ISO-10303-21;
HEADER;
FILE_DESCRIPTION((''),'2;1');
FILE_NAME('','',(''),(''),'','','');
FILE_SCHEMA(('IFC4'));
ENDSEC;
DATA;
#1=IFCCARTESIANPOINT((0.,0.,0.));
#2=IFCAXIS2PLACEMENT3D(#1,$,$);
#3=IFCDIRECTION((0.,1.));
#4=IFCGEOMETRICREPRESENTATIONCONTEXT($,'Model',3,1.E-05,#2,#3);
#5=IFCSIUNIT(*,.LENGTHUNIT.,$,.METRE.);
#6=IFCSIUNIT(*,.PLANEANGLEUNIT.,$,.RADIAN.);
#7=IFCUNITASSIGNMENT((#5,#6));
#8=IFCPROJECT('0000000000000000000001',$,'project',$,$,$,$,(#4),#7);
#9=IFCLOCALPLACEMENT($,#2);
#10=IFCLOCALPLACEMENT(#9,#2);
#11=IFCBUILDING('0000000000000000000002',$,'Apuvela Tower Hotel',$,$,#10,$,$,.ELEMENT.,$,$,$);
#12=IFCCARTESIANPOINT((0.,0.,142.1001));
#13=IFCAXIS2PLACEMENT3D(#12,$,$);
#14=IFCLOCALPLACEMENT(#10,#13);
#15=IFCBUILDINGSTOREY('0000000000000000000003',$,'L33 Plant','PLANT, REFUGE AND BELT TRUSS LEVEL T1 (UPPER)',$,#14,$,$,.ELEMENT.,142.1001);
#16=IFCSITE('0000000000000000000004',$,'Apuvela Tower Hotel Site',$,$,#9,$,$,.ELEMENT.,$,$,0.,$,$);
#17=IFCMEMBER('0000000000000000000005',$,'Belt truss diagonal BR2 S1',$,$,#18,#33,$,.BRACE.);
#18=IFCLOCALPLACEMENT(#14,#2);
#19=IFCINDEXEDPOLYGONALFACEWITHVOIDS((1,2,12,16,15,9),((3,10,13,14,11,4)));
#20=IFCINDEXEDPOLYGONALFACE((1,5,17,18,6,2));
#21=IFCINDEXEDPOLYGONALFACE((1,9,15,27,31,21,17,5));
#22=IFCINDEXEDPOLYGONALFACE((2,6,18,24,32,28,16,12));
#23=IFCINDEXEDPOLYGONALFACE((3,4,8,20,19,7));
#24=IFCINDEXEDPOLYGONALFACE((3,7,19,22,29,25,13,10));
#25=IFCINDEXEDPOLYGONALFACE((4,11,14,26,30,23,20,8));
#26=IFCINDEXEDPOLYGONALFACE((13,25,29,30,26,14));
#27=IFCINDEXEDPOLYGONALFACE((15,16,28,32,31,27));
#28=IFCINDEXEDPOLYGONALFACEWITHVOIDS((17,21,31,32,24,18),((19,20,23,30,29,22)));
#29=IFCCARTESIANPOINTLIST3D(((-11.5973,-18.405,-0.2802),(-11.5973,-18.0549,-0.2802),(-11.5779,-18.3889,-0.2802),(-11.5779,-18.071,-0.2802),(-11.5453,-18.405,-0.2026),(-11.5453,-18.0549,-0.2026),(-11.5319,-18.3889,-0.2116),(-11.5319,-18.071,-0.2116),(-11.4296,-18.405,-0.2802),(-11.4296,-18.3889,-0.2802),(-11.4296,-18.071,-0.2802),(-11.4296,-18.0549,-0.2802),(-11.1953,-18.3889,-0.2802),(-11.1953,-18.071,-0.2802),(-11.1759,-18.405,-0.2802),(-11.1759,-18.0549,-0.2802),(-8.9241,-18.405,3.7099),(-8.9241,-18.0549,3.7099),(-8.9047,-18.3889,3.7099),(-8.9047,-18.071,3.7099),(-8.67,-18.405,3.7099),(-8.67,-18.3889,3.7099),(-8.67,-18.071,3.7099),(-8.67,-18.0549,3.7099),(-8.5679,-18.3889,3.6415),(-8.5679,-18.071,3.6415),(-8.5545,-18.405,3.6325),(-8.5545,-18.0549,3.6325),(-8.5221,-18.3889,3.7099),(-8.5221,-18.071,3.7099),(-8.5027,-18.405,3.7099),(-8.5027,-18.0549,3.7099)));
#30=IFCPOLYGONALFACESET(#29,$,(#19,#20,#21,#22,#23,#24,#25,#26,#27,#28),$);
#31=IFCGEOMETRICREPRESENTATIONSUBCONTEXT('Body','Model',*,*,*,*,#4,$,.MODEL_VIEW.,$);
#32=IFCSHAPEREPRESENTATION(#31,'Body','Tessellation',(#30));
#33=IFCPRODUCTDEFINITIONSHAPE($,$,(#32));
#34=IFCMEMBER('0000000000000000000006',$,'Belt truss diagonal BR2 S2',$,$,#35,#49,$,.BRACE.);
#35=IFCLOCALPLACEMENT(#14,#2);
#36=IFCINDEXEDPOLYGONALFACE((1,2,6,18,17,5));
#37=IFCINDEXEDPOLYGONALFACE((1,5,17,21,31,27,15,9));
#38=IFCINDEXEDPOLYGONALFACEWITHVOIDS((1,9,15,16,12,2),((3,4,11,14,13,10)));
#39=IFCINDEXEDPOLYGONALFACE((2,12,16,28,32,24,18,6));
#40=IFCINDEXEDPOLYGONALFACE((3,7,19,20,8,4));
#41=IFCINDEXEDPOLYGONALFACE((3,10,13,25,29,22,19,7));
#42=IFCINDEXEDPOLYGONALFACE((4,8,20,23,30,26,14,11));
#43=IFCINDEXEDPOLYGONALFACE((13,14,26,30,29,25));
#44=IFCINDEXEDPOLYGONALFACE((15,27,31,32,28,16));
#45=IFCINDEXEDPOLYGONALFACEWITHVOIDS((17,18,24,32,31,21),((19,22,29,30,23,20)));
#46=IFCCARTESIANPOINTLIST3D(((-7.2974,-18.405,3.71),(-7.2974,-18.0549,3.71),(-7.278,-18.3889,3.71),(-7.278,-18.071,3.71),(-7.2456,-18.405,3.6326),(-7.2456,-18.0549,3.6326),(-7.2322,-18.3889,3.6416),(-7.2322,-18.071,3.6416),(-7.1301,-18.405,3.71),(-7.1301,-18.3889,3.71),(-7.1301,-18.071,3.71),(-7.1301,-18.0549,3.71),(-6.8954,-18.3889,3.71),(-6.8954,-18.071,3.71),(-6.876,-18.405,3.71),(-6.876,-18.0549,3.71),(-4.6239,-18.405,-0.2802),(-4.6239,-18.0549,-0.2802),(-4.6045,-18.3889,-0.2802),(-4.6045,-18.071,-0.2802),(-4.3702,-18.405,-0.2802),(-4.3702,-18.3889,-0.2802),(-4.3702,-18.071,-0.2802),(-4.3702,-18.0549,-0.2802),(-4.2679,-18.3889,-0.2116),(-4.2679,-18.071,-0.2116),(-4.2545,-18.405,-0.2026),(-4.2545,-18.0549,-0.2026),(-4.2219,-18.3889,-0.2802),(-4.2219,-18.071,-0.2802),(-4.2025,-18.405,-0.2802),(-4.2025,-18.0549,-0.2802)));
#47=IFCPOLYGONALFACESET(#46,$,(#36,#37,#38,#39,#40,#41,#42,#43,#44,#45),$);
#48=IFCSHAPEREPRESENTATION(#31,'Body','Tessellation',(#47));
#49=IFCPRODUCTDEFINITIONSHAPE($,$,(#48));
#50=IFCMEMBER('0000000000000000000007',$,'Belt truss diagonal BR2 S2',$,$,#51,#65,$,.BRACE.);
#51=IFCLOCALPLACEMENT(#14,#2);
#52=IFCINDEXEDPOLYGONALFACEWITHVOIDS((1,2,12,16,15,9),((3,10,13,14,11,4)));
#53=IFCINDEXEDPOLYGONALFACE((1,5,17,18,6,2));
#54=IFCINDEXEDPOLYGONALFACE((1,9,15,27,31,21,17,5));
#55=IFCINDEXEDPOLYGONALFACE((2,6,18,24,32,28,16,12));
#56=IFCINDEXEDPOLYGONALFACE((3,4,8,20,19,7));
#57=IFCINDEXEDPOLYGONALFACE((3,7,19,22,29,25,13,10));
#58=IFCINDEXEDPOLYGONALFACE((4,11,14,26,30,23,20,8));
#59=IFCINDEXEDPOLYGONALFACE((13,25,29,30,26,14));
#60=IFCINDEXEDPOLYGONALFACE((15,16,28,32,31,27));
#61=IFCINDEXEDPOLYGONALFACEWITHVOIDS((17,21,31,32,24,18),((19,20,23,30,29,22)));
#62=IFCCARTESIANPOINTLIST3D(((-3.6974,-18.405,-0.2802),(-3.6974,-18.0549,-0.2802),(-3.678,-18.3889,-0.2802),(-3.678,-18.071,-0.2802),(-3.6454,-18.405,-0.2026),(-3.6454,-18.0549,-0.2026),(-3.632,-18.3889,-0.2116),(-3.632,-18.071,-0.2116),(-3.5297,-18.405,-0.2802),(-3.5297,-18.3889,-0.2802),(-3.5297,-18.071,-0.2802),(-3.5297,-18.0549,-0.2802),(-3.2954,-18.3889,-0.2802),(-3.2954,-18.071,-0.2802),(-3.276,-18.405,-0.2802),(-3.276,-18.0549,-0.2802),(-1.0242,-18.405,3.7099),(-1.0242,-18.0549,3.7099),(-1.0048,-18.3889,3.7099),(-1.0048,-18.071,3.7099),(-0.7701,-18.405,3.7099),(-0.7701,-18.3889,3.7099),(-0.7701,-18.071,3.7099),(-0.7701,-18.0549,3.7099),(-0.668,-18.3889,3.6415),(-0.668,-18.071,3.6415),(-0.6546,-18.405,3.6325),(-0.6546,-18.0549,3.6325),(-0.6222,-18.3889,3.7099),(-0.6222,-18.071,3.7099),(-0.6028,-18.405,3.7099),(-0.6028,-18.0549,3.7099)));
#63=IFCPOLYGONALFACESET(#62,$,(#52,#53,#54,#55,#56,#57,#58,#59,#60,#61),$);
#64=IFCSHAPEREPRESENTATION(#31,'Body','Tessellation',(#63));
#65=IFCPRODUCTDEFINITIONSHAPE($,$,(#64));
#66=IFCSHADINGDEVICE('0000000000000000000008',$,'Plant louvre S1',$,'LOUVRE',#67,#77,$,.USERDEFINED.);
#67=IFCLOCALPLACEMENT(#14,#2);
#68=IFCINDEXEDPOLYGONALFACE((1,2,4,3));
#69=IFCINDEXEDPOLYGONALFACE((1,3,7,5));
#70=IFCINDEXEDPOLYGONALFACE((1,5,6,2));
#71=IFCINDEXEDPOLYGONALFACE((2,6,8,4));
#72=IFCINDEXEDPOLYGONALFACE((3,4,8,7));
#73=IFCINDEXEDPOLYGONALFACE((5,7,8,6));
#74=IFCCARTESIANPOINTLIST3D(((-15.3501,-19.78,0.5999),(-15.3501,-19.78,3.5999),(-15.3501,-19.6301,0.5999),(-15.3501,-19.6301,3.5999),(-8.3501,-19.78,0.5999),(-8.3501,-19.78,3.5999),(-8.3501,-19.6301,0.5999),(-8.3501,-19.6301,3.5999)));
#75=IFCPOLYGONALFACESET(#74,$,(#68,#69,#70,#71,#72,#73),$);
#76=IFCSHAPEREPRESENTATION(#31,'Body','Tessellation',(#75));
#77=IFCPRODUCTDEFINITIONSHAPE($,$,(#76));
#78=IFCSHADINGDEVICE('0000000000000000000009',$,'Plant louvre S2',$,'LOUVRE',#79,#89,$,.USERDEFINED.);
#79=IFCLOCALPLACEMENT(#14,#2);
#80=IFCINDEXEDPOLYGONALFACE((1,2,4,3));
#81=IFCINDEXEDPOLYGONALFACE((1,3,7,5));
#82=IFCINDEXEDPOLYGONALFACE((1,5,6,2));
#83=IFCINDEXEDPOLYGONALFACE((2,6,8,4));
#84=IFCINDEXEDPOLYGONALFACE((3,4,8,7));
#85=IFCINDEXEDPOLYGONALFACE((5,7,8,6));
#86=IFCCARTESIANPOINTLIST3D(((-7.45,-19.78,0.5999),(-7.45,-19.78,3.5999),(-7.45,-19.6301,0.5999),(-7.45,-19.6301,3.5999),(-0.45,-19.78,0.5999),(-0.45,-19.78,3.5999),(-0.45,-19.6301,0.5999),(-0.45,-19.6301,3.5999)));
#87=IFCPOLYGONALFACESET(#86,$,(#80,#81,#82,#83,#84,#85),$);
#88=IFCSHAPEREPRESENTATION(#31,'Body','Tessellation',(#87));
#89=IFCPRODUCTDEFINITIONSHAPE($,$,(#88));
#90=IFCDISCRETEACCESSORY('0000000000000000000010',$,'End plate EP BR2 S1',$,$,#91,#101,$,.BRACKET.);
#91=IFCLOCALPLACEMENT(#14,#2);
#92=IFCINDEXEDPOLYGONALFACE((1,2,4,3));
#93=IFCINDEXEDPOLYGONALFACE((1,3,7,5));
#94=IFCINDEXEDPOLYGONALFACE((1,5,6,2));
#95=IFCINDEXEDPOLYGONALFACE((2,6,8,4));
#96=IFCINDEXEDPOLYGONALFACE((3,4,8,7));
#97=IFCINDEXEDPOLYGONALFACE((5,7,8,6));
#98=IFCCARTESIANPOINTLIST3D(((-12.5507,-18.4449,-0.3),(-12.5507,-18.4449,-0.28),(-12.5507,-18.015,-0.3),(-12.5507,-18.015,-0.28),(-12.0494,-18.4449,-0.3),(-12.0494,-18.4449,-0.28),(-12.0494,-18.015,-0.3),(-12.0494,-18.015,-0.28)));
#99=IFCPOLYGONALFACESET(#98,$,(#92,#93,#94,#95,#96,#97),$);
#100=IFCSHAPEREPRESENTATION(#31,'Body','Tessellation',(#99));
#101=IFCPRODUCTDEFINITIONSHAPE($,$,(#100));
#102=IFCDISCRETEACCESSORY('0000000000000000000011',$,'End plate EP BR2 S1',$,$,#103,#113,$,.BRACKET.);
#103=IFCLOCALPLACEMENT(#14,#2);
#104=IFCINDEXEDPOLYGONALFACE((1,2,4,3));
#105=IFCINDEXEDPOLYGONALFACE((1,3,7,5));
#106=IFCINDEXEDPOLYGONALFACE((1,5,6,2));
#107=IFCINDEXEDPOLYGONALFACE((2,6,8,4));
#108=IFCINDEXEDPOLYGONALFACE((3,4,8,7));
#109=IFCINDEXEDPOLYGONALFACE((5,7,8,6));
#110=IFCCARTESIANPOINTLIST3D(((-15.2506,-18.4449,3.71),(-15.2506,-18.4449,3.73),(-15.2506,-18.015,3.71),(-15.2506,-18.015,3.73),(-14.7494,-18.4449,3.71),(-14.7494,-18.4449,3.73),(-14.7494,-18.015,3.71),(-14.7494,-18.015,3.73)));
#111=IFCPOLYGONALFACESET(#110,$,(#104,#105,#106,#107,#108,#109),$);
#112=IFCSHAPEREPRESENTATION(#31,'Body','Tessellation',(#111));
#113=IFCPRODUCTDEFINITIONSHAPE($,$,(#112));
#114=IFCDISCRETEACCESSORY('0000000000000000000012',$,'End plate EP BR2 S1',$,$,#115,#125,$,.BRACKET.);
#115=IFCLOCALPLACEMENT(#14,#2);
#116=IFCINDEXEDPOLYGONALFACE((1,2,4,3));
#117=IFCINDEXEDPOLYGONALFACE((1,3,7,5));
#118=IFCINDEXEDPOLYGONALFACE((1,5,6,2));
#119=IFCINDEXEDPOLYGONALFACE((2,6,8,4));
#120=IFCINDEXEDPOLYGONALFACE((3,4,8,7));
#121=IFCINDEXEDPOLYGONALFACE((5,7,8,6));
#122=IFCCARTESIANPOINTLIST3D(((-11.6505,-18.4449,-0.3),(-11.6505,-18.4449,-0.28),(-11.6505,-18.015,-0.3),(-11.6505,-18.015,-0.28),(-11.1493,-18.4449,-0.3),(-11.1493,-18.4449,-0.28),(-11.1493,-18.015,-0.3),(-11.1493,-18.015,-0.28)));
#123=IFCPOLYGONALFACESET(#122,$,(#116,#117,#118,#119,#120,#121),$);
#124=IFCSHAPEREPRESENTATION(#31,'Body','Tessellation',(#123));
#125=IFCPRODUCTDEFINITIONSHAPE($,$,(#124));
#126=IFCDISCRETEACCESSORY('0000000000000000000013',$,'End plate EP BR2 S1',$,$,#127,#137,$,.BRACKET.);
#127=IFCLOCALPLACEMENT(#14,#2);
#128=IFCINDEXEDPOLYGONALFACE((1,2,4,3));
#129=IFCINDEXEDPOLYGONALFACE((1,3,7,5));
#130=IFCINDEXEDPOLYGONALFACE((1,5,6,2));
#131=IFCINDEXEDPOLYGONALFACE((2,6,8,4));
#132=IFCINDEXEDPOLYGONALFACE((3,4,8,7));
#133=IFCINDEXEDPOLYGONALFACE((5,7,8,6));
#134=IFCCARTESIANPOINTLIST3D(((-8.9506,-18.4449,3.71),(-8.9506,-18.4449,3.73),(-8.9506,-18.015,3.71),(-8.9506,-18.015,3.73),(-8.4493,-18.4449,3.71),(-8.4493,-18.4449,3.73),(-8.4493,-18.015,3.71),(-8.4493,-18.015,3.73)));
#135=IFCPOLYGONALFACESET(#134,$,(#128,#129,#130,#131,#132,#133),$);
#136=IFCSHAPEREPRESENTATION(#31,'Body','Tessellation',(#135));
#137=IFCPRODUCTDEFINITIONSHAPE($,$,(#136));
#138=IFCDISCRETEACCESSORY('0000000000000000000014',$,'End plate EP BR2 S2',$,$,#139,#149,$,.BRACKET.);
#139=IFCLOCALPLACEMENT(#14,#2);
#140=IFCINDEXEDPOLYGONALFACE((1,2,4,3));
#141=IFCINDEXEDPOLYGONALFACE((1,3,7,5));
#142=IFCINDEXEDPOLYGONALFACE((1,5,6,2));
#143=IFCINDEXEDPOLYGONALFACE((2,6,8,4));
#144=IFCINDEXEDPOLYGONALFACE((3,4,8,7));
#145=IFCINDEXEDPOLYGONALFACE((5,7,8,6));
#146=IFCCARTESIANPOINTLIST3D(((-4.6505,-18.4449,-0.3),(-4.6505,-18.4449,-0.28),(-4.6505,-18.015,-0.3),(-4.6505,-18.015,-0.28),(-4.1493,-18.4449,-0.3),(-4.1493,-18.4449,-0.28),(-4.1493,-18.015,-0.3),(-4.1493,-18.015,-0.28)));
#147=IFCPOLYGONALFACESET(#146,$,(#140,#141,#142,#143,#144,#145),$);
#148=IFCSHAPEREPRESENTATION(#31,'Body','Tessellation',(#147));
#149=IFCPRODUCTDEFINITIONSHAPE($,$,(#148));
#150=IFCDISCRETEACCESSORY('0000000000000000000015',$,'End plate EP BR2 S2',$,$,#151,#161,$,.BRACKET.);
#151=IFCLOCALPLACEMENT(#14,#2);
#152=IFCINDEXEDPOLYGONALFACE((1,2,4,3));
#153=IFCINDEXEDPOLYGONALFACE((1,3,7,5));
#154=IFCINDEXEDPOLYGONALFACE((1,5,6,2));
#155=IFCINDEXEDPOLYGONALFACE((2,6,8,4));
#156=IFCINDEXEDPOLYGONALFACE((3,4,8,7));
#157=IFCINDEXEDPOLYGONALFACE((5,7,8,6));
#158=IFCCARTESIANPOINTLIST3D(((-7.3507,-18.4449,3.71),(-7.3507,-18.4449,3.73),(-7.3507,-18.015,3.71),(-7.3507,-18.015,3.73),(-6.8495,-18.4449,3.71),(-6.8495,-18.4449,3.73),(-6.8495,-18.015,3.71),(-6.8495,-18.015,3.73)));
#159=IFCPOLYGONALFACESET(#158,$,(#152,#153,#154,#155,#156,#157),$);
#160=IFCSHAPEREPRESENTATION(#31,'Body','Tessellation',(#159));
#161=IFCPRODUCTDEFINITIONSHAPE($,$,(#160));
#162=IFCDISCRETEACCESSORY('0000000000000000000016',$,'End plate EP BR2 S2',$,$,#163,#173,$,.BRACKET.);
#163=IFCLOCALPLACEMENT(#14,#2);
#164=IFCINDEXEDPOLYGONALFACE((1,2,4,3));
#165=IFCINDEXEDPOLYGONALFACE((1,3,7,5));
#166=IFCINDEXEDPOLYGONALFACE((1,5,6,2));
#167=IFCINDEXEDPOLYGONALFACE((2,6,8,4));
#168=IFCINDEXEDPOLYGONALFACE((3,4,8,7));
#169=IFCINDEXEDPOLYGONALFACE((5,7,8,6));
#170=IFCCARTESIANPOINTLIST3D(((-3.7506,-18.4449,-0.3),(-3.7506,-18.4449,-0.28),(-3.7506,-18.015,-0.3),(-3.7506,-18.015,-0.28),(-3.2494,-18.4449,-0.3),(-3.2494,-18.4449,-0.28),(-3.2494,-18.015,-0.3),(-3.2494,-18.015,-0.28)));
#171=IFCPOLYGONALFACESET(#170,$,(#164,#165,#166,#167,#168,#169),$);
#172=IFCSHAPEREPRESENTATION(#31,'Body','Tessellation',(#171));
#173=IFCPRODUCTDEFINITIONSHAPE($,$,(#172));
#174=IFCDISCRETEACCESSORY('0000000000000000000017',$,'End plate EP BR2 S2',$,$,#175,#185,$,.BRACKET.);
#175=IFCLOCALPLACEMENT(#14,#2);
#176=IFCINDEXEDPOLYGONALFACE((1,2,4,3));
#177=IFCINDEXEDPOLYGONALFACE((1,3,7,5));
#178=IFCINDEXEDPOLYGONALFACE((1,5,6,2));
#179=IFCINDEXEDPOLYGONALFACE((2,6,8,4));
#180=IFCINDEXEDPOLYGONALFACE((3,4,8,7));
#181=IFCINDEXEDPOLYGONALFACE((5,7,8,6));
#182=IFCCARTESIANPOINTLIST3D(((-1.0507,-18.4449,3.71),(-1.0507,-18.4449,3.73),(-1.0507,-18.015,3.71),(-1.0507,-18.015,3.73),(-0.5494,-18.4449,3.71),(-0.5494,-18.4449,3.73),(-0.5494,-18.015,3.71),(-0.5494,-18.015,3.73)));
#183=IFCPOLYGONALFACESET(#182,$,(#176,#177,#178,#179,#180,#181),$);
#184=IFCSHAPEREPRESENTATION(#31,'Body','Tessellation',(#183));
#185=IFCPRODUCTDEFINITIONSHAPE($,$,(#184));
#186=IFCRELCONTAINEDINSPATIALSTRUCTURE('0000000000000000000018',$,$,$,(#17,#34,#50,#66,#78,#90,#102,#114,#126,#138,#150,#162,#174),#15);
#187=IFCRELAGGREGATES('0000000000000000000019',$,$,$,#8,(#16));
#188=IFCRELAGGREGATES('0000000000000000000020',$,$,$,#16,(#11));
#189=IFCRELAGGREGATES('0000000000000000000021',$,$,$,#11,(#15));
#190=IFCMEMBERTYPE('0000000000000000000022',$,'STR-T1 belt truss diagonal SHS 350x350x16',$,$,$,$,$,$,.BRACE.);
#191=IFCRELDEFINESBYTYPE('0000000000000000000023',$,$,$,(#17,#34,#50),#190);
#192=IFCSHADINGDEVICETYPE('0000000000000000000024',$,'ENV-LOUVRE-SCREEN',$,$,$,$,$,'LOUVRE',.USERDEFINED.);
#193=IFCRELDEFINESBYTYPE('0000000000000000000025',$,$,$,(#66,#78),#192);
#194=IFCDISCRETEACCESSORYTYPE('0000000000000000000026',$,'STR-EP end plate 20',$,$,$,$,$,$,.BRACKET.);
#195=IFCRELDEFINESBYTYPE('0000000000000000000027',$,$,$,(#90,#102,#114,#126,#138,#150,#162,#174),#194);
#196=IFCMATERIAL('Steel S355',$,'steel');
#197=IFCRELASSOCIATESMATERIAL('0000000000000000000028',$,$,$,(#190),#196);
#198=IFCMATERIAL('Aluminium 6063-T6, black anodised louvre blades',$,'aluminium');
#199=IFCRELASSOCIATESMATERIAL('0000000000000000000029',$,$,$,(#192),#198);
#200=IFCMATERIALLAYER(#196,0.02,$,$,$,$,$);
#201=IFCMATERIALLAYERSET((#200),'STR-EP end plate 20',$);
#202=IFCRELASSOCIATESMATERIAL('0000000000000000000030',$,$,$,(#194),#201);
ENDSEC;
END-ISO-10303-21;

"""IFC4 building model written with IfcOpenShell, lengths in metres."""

from ifc_helpers import new_model, si_unit, direction, frame, origin, origin_2d, place, context, subcontext, project, spatial, rectangle, hollow_rectangle, extrude, boolean, halfspace, material, layer, layer_set, material_profile, profile_set, type_object, element, save


model = new_model("IFC4")

# Units and contexts
model_context = context("Model", 3, precision=1e-05, world=origin(), true_north=direction((0.0, 1.0)))
body_context = subcontext(model_context, "Body", "Model", "MODEL_VIEW")
ifc_project = project(units=[si_unit("LENGTHUNIT", "METRE"), si_unit("PLANEANGLEUNIT", "RADIAN")], contexts=[model_context])

# Site, building, storey
site_placement = place(None, origin())
site = spatial("IfcSite", under=ifc_project, at=site_placement, Name="Apuvela Tower Hotel Site", CompositionType="ELEMENT", RefElevation=0.0)
building_placement = place(site_placement, origin())
building = spatial("IfcBuilding", under=site, at=building_placement, Name="Apuvela Tower Hotel", CompositionType="ELEMENT")
storey_placement = place(building_placement, frame((0.0, 0.0, 142.1001)))
storey = spatial("IfcBuildingStorey", under=building, at=storey_placement, Name="L33 Plant", Description="PLANT, REFUGE AND BELT TRUSS LEVEL T1 (UPPER)", CompositionType="ELEMENT", Elevation=142.1001)

# Shared definitions
ifc_material_1 = material(Name="Steel S355", Category="steel")

# Members
ifc_material_profile_1 = material_profile(ifc_material_1, hollow_rectangle(XDim=0.3501, YDim=0.3501, WallThickness=0.0161, at=origin_2d()), Name="SHS 350x350x16")
ifc_profile_set_1 = profile_set([ifc_material_profile_1], Name="Steel S355")
member_type = type_object("IfcMemberType", Name="STR-T1 belt truss diagonal SHS 350x350x16", PredefinedType="BRACE", material=ifc_profile_set_1)
member_1_placement = place(storey_placement, frame((-11.3999, -18.23, -0.3), z_axis=(0.556592, 0.0, 0.830786), x_axis=(-0.830786, 0.0, 0.556592)))
solid_1 = boolean("DIFFERENCE", boolean("DIFFERENCE", extrude(hollow_rectangle(XDim=0.3501, YDim=0.3501, WallThickness=0.0161, at=origin_2d()), frame((0.0, 0.0, -0.2373)), (0.0, 0.0, 1.0), 5.3252), halfspace(frame((0.0, 0.0, 0.0239), z_axis=(0.556592, 0.0, 0.830786), x_axis=(0.830786, 0.0, -0.556592)), True)), halfspace(frame((0.0, 0.0, 4.8267), z_axis=(0.556592, 0.0, 0.830786), x_axis=(0.830786, 0.0, -0.556592)), False))
element("IfcMember", 1, at=member_1_placement, inside=storey, type_object=member_type, Name="Belt truss diagonal BR2 S1", PredefinedType="BRACE", context=body_context, shape_type="SweptSolid", body=[
    boolean("UNION", boolean("DIFFERENCE", boolean("DIFFERENCE", extrude(hollow_rectangle(XDim=0.3501, YDim=0.3501, WallThickness=0.0161, at=origin_2d()), origin(), (0.0, 0.0, 1.0), 4.8508), halfspace(frame((0.0, 0.0, 0.0239), z_axis=(0.556592, 0.0, 0.830786), x_axis=(0.830786, 0.0, -0.556592)), True)), halfspace(frame((0.0, 0.0, 4.8267), z_axis=(0.556592, 0.0, 0.830786), x_axis=(0.830786, 0.0, -0.556592)), False)), solid_1),
])
member_2_placement = place(storey_placement, frame((-4.3999, -18.23, -0.3), z_axis=(-0.556627, 0.0, 0.830763), x_axis=(0.830763, 0.0, 0.556627)))
solid_2 = boolean("DIFFERENCE", boolean("DIFFERENCE", extrude(hollow_rectangle(XDim=0.3501, YDim=0.3501, WallThickness=0.0161, at=origin_2d()), frame((0.0, 0.0, -0.2373)), (0.0, 0.0, 1.0), 5.3254), halfspace(frame((0.0, 0.0, 0.0239), z_axis=(0.556627, 0.0, 0.830763), x_axis=(0.830763, 0.0, -0.556627)), True)), halfspace(frame((0.0, 0.0, 4.8269), z_axis=(0.556627, 0.0, 0.830763), x_axis=(0.830763, 0.0, -0.556627)), False))
element("IfcMember", 2, at=member_2_placement, inside=storey, type_object=member_type, Name="Belt truss diagonal BR2 S2", PredefinedType="BRACE", context=body_context, shape_type="SweptSolid", body=[
    boolean("UNION", boolean("DIFFERENCE", boolean("DIFFERENCE", extrude(hollow_rectangle(XDim=0.3501, YDim=0.3501, WallThickness=0.0161, at=origin_2d()), origin(), (0.0, 0.0, 1.0), 4.8511), halfspace(frame((0.0, 0.0, 0.0239), z_axis=(0.556627, 0.0, 0.830763), x_axis=(0.830763, 0.0, -0.556627)), True)), halfspace(frame((0.0, 0.0, 4.8269), z_axis=(0.556627, 0.0, 0.830763), x_axis=(0.830763, 0.0, -0.556627)), False)), solid_2),
])
member_3_placement = place(storey_placement, frame((-3.5, -18.23, -0.3), z_axis=(0.556592, 0.0, 0.830786), x_axis=(-0.830786, 0.0, 0.556592)))
solid_3 = boolean("DIFFERENCE", boolean("DIFFERENCE", extrude(hollow_rectangle(XDim=0.3501, YDim=0.3501, WallThickness=0.0161, at=origin_2d()), frame((0.0, 0.0, -0.2373)), (0.0, 0.0, 1.0), 5.3252), halfspace(frame((0.0, 0.0, 0.0239), z_axis=(0.556592, 0.0, 0.830786), x_axis=(0.830786, 0.0, -0.556592)), True)), halfspace(frame((0.0, 0.0, 4.8267), z_axis=(0.556592, 0.0, 0.830786), x_axis=(0.830786, 0.0, -0.556592)), False))
element("IfcMember", 3, at=member_3_placement, inside=storey, type_object=member_type, Name="Belt truss diagonal BR2 S2", PredefinedType="BRACE", context=body_context, shape_type="SweptSolid", body=[
    boolean("UNION", boolean("DIFFERENCE", boolean("DIFFERENCE", extrude(hollow_rectangle(XDim=0.3501, YDim=0.3501, WallThickness=0.0161, at=origin_2d()), origin(), (0.0, 0.0, 1.0), 4.8508), halfspace(frame((0.0, 0.0, 0.0239), z_axis=(0.556592, 0.0, 0.830786), x_axis=(0.830786, 0.0, -0.556592)), True)), halfspace(frame((0.0, 0.0, 4.8267), z_axis=(0.556592, 0.0, 0.830786), x_axis=(0.830786, 0.0, -0.556592)), False)), solid_3),
])

# Shading devices
ifc_material_2 = material(Name="Aluminium 6063-T6, black anodised louvre blades", Category="aluminium")
shading_device_type = type_object("IfcShadingDeviceType", Name="ENV-LOUVRE-SCREEN", ElementType="LOUVRE", PredefinedType="USERDEFINED", material=ifc_material_2)
for number, where, z_axis, x_axis, name in (
    (4, (-11.8501, -19.7051, 0.5999), (0.0, 0.0, 1.0), (1.0, 0.0, 0.0), "Plant louvre S1"),
    (5, (-3.95, -19.7051, 0.5999), (0.0, 0.0, 1.0), (1.0, 0.0, 0.0), "Plant louvre S2"),
):
    element("IfcShadingDevice", number, at=place(storey_placement, frame(where, z_axis=z_axis, x_axis=x_axis)), inside=storey, type_object=shading_device_type, Name=name, ObjectType="LOUVRE", PredefinedType="USERDEFINED", context=body_context, shape_type="SweptSolid", body=[
        extrude(rectangle(XDim=7.0, YDim=0.1499, at=origin_2d()), origin(), (0.0, 0.0, 1.0), 3.0),
    ])

# Discrete accessories
ifc_layer = layer(ifc_material_1, 0.02)
ifc_layer_set = layer_set([ifc_layer], Name="STR-EP end plate 20")
discrete_accessory_type = type_object("IfcDiscreteAccessoryType", Name="STR-EP end plate 20", PredefinedType="BRACKET", material=ifc_layer_set)
for number, where, z_axis, x_axis, name in (
    (6, (-12.3, -18.23, -0.3), (0.0, 0.0, 1.0), (-1.0, 0.0, 0.0), "End plate EP BR2 S1"),
    (7, (-15.0, -18.23, 3.71), (0.0, 0.0, 1.0), (-1.0, 0.0, 0.0), "End plate EP BR2 S1"),
    (8, (-11.3999, -18.23, -0.3), (0.0, 0.0, 1.0), (1.0, 0.0, 0.0), "End plate EP BR2 S1"),
    (9, (-8.7, -18.23, 3.71), (0.0, 0.0, 1.0), (1.0, 0.0, 0.0), "End plate EP BR2 S1"),
    (10, (-4.3999, -18.23, -0.3), (0.0, 0.0, 1.0), (-1.0, 0.0, 0.0), "End plate EP BR2 S2"),
    (11, (-7.1001, -18.23, 3.71), (0.0, 0.0, 1.0), (-1.0, 0.0, 0.0), "End plate EP BR2 S2"),
    (12, (-3.5, -18.23, -0.3), (0.0, 0.0, 1.0), (1.0, 0.0, 0.0), "End plate EP BR2 S2"),
    (13, (-0.8, -18.23, 3.71), (0.0, 0.0, 1.0), (1.0, 0.0, 0.0), "End plate EP BR2 S2"),
):
    element("IfcDiscreteAccessory", number, at=place(storey_placement, frame(where, z_axis=z_axis, x_axis=x_axis)), inside=storey, type_object=discrete_accessory_type, Name=name, PredefinedType="BRACKET", context=body_context, shape_type="SweptSolid", body=[
        extrude(rectangle(XDim=0.5012, YDim=0.4299, at=origin_2d()), origin(), (0.0, 0.0, 1.0), 0.02),
    ])

save(model, "model.ifc")
